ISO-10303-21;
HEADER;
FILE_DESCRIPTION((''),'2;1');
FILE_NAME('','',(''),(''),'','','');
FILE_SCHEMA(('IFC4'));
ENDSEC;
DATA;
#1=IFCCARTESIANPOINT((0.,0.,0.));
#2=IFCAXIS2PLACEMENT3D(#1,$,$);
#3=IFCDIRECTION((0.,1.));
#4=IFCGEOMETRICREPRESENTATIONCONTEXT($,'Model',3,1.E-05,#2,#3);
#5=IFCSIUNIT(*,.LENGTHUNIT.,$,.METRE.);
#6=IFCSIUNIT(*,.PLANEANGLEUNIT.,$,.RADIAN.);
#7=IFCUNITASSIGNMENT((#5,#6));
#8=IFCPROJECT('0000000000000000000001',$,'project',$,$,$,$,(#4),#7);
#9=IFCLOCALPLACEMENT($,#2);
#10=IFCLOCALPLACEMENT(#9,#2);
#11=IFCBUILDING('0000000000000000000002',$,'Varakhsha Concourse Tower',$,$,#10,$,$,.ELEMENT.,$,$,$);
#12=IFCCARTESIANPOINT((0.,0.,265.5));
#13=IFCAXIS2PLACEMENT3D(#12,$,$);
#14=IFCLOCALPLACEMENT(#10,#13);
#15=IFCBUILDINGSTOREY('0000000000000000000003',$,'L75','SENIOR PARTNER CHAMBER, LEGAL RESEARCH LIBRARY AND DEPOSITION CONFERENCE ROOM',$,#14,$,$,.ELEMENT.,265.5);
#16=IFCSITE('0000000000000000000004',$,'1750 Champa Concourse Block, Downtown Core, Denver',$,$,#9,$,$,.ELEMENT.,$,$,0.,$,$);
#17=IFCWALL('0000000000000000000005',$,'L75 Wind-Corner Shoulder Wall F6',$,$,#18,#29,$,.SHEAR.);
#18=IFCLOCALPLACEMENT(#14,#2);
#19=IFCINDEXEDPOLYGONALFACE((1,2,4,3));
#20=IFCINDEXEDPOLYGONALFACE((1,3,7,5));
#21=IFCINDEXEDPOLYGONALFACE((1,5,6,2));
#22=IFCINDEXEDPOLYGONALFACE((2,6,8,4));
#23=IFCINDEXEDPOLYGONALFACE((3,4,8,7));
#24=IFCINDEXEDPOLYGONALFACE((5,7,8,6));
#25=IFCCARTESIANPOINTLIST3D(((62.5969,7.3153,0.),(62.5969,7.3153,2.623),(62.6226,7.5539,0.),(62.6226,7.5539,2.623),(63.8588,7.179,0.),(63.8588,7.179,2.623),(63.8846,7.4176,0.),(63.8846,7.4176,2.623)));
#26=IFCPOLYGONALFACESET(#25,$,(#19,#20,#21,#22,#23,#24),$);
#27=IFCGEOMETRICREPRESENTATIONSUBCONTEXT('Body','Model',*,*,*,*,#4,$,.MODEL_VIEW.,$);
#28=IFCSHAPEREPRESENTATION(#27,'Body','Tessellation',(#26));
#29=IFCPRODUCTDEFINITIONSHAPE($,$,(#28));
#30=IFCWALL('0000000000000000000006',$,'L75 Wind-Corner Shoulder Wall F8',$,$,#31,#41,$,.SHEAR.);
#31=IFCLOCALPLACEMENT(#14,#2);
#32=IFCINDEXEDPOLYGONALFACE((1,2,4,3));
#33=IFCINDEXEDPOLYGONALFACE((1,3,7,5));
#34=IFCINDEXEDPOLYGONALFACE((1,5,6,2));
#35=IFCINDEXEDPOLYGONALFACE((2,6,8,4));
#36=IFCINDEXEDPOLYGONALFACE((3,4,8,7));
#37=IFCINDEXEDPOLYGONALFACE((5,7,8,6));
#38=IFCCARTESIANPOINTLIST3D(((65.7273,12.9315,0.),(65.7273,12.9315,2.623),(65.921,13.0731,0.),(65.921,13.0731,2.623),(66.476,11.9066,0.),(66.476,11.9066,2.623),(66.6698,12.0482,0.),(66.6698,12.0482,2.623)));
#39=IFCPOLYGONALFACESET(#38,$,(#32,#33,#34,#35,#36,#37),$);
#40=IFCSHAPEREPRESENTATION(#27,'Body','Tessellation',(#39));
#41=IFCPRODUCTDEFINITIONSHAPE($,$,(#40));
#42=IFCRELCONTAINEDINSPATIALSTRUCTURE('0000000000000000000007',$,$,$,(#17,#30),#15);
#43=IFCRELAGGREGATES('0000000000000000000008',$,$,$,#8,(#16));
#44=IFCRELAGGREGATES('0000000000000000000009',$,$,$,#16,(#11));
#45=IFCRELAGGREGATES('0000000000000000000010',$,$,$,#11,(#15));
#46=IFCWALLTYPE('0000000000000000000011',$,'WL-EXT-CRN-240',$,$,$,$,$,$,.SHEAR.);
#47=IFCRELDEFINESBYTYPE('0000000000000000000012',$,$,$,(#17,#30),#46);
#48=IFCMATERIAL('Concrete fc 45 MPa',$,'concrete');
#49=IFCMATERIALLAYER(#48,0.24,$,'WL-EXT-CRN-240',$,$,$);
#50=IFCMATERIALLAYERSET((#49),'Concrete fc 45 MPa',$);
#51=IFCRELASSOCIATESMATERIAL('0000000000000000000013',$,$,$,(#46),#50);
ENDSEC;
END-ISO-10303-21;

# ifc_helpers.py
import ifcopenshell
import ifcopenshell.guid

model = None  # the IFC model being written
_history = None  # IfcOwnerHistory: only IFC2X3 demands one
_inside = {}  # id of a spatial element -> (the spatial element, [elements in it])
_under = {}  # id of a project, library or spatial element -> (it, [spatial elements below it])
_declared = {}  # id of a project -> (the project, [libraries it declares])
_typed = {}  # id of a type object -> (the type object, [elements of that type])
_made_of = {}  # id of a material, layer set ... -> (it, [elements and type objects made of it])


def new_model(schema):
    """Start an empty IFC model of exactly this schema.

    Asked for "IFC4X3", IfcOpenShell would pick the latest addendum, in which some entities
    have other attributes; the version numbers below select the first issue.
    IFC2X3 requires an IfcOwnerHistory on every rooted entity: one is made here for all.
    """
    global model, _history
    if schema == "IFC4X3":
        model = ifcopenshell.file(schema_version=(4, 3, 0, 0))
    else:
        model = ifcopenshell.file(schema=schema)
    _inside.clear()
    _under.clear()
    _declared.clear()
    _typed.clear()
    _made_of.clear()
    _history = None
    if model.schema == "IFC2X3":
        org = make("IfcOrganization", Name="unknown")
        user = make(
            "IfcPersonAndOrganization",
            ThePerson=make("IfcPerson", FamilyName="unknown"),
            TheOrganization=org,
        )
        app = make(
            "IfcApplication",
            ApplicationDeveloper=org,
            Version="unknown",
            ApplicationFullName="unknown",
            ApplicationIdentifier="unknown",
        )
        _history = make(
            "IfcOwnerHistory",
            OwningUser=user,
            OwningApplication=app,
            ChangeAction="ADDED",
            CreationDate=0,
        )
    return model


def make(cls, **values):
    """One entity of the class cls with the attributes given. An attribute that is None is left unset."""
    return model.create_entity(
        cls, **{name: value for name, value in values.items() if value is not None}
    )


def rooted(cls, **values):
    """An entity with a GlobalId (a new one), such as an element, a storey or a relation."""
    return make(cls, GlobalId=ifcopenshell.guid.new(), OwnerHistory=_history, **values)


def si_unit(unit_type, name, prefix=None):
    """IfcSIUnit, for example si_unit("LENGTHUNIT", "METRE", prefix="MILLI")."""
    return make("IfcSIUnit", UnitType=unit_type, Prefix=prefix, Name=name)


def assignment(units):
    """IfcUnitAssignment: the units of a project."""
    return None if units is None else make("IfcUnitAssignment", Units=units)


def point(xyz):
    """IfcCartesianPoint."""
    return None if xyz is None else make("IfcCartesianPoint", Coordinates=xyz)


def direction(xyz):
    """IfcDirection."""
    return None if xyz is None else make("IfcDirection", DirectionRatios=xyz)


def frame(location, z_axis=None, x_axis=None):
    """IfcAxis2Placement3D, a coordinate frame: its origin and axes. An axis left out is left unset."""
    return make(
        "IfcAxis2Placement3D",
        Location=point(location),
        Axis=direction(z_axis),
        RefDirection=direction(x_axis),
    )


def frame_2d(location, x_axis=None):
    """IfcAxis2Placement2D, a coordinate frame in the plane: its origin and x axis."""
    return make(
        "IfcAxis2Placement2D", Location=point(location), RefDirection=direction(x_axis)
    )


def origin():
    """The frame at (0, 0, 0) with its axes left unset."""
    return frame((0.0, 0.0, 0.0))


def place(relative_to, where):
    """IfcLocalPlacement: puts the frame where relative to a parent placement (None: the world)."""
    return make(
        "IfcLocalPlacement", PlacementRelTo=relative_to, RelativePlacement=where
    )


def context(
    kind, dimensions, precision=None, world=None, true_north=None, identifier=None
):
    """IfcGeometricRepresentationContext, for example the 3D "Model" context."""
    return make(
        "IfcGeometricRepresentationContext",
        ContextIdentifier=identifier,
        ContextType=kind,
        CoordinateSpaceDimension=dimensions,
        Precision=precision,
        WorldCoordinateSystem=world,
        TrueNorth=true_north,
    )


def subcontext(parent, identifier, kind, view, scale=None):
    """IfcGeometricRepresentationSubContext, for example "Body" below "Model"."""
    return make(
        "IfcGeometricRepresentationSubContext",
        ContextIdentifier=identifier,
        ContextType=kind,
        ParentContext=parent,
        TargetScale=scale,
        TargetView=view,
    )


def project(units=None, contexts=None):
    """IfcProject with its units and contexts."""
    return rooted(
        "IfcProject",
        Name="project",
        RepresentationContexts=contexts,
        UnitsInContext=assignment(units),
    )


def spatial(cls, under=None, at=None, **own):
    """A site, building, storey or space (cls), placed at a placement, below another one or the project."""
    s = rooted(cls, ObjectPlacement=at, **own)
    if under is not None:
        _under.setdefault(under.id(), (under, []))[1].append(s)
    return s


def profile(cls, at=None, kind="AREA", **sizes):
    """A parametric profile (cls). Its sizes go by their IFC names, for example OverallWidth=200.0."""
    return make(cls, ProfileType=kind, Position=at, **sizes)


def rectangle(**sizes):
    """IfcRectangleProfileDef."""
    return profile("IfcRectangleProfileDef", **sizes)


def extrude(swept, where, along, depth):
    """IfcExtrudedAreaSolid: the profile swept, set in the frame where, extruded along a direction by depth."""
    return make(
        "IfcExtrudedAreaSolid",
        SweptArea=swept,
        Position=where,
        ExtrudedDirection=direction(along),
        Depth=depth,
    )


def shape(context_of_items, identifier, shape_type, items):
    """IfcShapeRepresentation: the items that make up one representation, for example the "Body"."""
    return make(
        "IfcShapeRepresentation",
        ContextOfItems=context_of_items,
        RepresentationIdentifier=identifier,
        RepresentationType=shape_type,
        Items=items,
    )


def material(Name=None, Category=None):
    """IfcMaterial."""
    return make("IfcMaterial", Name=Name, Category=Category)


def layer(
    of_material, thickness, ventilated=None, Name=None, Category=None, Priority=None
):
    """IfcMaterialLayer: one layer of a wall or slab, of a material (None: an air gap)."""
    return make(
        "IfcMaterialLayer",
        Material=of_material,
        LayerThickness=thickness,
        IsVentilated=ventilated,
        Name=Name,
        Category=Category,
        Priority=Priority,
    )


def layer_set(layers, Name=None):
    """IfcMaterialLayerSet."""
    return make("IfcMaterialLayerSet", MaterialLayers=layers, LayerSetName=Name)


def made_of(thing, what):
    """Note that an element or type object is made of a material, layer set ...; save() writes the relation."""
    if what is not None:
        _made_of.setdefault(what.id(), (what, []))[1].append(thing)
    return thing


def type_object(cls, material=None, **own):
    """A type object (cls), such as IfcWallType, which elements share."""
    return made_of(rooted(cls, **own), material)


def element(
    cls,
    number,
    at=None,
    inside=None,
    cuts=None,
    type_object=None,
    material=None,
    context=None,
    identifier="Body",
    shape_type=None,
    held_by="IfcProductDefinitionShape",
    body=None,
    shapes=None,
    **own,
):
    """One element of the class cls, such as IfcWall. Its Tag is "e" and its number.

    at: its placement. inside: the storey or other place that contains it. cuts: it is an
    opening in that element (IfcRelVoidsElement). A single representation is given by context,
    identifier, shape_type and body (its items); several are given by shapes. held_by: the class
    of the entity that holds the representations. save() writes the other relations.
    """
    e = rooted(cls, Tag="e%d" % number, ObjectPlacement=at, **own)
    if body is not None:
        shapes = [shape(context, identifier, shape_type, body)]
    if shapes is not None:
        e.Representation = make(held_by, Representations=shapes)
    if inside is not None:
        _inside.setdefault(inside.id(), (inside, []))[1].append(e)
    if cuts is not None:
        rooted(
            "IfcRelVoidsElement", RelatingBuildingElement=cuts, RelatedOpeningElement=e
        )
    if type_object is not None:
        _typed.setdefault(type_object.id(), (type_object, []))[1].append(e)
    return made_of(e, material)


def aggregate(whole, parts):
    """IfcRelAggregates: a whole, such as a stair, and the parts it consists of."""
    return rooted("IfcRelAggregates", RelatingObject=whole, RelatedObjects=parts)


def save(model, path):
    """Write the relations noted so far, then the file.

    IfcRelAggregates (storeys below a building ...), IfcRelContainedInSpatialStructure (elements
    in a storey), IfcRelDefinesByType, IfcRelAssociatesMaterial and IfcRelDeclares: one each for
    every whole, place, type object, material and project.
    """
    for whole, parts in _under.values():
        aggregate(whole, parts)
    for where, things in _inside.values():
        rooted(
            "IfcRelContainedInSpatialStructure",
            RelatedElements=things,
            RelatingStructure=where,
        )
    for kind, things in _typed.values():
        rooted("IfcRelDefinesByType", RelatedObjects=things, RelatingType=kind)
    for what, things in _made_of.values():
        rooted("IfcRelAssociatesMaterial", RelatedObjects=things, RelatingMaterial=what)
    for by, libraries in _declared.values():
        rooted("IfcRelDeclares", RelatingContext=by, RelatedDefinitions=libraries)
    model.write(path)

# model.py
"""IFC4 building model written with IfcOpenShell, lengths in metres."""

from ifc_helpers import new_model, si_unit, direction, frame, frame_2d, origin, place, context, subcontext, project, spatial, rectangle, extrude, material, layer, layer_set, type_object, element, save


model = new_model("IFC4")

# Units and contexts
model_context = context("Model", 3, precision=1e-05, world=origin(), true_north=direction((0.0, 1.0)))
body_context = subcontext(model_context, "Body", "Model", "MODEL_VIEW")
ifc_project = project(units=[si_unit("LENGTHUNIT", "METRE"), si_unit("PLANEANGLEUNIT", "RADIAN")], contexts=[model_context])

# Site, building, storey
site_placement = place(None, origin())
site = spatial("IfcSite", under=ifc_project, at=site_placement, Name="1750 Champa Concourse Block, Downtown Core, Denver", CompositionType="ELEMENT", RefElevation=0.0)
building_placement = place(site_placement, origin())
building = spatial("IfcBuilding", under=site, at=building_placement, Name="Varakhsha Concourse Tower", CompositionType="ELEMENT")
storey_placement = place(building_placement, frame((0.0, 0.0, 265.5)))
storey = spatial("IfcBuildingStorey", under=building, at=storey_placement, Name="L75", Description="SENIOR PARTNER CHAMBER, LEGAL RESEARCH LIBRARY AND DEPOSITION CONFERENCE ROOM", CompositionType="ELEMENT", Elevation=265.5)

# Walls
ifc_material_1 = material(Name="Concrete fc 45 MPa", Category="concrete")
ifc_layer_1 = layer(ifc_material_1, 0.24, Name="WL-EXT-CRN-240")
ifc_layer_set_1 = layer_set([ifc_layer_1], Name="Concrete fc 45 MPa")
wall_type = type_object("IfcWallType", Name="WL-EXT-CRN-240", PredefinedType="SHEAR", material=ifc_layer_set_1)
for number, where, z_axis, x_axis, name in (
    (1, (62.6096, 7.4346, 0.0), (0.0, 0.0, 1.0), (0.994224, -0.107328, 0.0), "L75 Wind-Corner Shoulder Wall F6"),
    (2, (66.573, 11.9773, 0.0), (0.0, 0.0, 1.0), (-0.58992, 0.807462, 0.0), "L75 Wind-Corner Shoulder Wall F8"),
):
    element("IfcWall", number, at=place(storey_placement, frame(where, z_axis=z_axis, x_axis=x_axis)), inside=storey, type_object=wall_type, Name=name, PredefinedType="SHEAR", context=body_context, shape_type="SweptSolid", body=[
        extrude(rectangle(XDim=1.2693, YDim=0.24, at=frame_2d((0.6348, 0.0))), origin(), (0.0, 0.0, 1.0), 2.623),
    ])

save(model, "model.ifc")
